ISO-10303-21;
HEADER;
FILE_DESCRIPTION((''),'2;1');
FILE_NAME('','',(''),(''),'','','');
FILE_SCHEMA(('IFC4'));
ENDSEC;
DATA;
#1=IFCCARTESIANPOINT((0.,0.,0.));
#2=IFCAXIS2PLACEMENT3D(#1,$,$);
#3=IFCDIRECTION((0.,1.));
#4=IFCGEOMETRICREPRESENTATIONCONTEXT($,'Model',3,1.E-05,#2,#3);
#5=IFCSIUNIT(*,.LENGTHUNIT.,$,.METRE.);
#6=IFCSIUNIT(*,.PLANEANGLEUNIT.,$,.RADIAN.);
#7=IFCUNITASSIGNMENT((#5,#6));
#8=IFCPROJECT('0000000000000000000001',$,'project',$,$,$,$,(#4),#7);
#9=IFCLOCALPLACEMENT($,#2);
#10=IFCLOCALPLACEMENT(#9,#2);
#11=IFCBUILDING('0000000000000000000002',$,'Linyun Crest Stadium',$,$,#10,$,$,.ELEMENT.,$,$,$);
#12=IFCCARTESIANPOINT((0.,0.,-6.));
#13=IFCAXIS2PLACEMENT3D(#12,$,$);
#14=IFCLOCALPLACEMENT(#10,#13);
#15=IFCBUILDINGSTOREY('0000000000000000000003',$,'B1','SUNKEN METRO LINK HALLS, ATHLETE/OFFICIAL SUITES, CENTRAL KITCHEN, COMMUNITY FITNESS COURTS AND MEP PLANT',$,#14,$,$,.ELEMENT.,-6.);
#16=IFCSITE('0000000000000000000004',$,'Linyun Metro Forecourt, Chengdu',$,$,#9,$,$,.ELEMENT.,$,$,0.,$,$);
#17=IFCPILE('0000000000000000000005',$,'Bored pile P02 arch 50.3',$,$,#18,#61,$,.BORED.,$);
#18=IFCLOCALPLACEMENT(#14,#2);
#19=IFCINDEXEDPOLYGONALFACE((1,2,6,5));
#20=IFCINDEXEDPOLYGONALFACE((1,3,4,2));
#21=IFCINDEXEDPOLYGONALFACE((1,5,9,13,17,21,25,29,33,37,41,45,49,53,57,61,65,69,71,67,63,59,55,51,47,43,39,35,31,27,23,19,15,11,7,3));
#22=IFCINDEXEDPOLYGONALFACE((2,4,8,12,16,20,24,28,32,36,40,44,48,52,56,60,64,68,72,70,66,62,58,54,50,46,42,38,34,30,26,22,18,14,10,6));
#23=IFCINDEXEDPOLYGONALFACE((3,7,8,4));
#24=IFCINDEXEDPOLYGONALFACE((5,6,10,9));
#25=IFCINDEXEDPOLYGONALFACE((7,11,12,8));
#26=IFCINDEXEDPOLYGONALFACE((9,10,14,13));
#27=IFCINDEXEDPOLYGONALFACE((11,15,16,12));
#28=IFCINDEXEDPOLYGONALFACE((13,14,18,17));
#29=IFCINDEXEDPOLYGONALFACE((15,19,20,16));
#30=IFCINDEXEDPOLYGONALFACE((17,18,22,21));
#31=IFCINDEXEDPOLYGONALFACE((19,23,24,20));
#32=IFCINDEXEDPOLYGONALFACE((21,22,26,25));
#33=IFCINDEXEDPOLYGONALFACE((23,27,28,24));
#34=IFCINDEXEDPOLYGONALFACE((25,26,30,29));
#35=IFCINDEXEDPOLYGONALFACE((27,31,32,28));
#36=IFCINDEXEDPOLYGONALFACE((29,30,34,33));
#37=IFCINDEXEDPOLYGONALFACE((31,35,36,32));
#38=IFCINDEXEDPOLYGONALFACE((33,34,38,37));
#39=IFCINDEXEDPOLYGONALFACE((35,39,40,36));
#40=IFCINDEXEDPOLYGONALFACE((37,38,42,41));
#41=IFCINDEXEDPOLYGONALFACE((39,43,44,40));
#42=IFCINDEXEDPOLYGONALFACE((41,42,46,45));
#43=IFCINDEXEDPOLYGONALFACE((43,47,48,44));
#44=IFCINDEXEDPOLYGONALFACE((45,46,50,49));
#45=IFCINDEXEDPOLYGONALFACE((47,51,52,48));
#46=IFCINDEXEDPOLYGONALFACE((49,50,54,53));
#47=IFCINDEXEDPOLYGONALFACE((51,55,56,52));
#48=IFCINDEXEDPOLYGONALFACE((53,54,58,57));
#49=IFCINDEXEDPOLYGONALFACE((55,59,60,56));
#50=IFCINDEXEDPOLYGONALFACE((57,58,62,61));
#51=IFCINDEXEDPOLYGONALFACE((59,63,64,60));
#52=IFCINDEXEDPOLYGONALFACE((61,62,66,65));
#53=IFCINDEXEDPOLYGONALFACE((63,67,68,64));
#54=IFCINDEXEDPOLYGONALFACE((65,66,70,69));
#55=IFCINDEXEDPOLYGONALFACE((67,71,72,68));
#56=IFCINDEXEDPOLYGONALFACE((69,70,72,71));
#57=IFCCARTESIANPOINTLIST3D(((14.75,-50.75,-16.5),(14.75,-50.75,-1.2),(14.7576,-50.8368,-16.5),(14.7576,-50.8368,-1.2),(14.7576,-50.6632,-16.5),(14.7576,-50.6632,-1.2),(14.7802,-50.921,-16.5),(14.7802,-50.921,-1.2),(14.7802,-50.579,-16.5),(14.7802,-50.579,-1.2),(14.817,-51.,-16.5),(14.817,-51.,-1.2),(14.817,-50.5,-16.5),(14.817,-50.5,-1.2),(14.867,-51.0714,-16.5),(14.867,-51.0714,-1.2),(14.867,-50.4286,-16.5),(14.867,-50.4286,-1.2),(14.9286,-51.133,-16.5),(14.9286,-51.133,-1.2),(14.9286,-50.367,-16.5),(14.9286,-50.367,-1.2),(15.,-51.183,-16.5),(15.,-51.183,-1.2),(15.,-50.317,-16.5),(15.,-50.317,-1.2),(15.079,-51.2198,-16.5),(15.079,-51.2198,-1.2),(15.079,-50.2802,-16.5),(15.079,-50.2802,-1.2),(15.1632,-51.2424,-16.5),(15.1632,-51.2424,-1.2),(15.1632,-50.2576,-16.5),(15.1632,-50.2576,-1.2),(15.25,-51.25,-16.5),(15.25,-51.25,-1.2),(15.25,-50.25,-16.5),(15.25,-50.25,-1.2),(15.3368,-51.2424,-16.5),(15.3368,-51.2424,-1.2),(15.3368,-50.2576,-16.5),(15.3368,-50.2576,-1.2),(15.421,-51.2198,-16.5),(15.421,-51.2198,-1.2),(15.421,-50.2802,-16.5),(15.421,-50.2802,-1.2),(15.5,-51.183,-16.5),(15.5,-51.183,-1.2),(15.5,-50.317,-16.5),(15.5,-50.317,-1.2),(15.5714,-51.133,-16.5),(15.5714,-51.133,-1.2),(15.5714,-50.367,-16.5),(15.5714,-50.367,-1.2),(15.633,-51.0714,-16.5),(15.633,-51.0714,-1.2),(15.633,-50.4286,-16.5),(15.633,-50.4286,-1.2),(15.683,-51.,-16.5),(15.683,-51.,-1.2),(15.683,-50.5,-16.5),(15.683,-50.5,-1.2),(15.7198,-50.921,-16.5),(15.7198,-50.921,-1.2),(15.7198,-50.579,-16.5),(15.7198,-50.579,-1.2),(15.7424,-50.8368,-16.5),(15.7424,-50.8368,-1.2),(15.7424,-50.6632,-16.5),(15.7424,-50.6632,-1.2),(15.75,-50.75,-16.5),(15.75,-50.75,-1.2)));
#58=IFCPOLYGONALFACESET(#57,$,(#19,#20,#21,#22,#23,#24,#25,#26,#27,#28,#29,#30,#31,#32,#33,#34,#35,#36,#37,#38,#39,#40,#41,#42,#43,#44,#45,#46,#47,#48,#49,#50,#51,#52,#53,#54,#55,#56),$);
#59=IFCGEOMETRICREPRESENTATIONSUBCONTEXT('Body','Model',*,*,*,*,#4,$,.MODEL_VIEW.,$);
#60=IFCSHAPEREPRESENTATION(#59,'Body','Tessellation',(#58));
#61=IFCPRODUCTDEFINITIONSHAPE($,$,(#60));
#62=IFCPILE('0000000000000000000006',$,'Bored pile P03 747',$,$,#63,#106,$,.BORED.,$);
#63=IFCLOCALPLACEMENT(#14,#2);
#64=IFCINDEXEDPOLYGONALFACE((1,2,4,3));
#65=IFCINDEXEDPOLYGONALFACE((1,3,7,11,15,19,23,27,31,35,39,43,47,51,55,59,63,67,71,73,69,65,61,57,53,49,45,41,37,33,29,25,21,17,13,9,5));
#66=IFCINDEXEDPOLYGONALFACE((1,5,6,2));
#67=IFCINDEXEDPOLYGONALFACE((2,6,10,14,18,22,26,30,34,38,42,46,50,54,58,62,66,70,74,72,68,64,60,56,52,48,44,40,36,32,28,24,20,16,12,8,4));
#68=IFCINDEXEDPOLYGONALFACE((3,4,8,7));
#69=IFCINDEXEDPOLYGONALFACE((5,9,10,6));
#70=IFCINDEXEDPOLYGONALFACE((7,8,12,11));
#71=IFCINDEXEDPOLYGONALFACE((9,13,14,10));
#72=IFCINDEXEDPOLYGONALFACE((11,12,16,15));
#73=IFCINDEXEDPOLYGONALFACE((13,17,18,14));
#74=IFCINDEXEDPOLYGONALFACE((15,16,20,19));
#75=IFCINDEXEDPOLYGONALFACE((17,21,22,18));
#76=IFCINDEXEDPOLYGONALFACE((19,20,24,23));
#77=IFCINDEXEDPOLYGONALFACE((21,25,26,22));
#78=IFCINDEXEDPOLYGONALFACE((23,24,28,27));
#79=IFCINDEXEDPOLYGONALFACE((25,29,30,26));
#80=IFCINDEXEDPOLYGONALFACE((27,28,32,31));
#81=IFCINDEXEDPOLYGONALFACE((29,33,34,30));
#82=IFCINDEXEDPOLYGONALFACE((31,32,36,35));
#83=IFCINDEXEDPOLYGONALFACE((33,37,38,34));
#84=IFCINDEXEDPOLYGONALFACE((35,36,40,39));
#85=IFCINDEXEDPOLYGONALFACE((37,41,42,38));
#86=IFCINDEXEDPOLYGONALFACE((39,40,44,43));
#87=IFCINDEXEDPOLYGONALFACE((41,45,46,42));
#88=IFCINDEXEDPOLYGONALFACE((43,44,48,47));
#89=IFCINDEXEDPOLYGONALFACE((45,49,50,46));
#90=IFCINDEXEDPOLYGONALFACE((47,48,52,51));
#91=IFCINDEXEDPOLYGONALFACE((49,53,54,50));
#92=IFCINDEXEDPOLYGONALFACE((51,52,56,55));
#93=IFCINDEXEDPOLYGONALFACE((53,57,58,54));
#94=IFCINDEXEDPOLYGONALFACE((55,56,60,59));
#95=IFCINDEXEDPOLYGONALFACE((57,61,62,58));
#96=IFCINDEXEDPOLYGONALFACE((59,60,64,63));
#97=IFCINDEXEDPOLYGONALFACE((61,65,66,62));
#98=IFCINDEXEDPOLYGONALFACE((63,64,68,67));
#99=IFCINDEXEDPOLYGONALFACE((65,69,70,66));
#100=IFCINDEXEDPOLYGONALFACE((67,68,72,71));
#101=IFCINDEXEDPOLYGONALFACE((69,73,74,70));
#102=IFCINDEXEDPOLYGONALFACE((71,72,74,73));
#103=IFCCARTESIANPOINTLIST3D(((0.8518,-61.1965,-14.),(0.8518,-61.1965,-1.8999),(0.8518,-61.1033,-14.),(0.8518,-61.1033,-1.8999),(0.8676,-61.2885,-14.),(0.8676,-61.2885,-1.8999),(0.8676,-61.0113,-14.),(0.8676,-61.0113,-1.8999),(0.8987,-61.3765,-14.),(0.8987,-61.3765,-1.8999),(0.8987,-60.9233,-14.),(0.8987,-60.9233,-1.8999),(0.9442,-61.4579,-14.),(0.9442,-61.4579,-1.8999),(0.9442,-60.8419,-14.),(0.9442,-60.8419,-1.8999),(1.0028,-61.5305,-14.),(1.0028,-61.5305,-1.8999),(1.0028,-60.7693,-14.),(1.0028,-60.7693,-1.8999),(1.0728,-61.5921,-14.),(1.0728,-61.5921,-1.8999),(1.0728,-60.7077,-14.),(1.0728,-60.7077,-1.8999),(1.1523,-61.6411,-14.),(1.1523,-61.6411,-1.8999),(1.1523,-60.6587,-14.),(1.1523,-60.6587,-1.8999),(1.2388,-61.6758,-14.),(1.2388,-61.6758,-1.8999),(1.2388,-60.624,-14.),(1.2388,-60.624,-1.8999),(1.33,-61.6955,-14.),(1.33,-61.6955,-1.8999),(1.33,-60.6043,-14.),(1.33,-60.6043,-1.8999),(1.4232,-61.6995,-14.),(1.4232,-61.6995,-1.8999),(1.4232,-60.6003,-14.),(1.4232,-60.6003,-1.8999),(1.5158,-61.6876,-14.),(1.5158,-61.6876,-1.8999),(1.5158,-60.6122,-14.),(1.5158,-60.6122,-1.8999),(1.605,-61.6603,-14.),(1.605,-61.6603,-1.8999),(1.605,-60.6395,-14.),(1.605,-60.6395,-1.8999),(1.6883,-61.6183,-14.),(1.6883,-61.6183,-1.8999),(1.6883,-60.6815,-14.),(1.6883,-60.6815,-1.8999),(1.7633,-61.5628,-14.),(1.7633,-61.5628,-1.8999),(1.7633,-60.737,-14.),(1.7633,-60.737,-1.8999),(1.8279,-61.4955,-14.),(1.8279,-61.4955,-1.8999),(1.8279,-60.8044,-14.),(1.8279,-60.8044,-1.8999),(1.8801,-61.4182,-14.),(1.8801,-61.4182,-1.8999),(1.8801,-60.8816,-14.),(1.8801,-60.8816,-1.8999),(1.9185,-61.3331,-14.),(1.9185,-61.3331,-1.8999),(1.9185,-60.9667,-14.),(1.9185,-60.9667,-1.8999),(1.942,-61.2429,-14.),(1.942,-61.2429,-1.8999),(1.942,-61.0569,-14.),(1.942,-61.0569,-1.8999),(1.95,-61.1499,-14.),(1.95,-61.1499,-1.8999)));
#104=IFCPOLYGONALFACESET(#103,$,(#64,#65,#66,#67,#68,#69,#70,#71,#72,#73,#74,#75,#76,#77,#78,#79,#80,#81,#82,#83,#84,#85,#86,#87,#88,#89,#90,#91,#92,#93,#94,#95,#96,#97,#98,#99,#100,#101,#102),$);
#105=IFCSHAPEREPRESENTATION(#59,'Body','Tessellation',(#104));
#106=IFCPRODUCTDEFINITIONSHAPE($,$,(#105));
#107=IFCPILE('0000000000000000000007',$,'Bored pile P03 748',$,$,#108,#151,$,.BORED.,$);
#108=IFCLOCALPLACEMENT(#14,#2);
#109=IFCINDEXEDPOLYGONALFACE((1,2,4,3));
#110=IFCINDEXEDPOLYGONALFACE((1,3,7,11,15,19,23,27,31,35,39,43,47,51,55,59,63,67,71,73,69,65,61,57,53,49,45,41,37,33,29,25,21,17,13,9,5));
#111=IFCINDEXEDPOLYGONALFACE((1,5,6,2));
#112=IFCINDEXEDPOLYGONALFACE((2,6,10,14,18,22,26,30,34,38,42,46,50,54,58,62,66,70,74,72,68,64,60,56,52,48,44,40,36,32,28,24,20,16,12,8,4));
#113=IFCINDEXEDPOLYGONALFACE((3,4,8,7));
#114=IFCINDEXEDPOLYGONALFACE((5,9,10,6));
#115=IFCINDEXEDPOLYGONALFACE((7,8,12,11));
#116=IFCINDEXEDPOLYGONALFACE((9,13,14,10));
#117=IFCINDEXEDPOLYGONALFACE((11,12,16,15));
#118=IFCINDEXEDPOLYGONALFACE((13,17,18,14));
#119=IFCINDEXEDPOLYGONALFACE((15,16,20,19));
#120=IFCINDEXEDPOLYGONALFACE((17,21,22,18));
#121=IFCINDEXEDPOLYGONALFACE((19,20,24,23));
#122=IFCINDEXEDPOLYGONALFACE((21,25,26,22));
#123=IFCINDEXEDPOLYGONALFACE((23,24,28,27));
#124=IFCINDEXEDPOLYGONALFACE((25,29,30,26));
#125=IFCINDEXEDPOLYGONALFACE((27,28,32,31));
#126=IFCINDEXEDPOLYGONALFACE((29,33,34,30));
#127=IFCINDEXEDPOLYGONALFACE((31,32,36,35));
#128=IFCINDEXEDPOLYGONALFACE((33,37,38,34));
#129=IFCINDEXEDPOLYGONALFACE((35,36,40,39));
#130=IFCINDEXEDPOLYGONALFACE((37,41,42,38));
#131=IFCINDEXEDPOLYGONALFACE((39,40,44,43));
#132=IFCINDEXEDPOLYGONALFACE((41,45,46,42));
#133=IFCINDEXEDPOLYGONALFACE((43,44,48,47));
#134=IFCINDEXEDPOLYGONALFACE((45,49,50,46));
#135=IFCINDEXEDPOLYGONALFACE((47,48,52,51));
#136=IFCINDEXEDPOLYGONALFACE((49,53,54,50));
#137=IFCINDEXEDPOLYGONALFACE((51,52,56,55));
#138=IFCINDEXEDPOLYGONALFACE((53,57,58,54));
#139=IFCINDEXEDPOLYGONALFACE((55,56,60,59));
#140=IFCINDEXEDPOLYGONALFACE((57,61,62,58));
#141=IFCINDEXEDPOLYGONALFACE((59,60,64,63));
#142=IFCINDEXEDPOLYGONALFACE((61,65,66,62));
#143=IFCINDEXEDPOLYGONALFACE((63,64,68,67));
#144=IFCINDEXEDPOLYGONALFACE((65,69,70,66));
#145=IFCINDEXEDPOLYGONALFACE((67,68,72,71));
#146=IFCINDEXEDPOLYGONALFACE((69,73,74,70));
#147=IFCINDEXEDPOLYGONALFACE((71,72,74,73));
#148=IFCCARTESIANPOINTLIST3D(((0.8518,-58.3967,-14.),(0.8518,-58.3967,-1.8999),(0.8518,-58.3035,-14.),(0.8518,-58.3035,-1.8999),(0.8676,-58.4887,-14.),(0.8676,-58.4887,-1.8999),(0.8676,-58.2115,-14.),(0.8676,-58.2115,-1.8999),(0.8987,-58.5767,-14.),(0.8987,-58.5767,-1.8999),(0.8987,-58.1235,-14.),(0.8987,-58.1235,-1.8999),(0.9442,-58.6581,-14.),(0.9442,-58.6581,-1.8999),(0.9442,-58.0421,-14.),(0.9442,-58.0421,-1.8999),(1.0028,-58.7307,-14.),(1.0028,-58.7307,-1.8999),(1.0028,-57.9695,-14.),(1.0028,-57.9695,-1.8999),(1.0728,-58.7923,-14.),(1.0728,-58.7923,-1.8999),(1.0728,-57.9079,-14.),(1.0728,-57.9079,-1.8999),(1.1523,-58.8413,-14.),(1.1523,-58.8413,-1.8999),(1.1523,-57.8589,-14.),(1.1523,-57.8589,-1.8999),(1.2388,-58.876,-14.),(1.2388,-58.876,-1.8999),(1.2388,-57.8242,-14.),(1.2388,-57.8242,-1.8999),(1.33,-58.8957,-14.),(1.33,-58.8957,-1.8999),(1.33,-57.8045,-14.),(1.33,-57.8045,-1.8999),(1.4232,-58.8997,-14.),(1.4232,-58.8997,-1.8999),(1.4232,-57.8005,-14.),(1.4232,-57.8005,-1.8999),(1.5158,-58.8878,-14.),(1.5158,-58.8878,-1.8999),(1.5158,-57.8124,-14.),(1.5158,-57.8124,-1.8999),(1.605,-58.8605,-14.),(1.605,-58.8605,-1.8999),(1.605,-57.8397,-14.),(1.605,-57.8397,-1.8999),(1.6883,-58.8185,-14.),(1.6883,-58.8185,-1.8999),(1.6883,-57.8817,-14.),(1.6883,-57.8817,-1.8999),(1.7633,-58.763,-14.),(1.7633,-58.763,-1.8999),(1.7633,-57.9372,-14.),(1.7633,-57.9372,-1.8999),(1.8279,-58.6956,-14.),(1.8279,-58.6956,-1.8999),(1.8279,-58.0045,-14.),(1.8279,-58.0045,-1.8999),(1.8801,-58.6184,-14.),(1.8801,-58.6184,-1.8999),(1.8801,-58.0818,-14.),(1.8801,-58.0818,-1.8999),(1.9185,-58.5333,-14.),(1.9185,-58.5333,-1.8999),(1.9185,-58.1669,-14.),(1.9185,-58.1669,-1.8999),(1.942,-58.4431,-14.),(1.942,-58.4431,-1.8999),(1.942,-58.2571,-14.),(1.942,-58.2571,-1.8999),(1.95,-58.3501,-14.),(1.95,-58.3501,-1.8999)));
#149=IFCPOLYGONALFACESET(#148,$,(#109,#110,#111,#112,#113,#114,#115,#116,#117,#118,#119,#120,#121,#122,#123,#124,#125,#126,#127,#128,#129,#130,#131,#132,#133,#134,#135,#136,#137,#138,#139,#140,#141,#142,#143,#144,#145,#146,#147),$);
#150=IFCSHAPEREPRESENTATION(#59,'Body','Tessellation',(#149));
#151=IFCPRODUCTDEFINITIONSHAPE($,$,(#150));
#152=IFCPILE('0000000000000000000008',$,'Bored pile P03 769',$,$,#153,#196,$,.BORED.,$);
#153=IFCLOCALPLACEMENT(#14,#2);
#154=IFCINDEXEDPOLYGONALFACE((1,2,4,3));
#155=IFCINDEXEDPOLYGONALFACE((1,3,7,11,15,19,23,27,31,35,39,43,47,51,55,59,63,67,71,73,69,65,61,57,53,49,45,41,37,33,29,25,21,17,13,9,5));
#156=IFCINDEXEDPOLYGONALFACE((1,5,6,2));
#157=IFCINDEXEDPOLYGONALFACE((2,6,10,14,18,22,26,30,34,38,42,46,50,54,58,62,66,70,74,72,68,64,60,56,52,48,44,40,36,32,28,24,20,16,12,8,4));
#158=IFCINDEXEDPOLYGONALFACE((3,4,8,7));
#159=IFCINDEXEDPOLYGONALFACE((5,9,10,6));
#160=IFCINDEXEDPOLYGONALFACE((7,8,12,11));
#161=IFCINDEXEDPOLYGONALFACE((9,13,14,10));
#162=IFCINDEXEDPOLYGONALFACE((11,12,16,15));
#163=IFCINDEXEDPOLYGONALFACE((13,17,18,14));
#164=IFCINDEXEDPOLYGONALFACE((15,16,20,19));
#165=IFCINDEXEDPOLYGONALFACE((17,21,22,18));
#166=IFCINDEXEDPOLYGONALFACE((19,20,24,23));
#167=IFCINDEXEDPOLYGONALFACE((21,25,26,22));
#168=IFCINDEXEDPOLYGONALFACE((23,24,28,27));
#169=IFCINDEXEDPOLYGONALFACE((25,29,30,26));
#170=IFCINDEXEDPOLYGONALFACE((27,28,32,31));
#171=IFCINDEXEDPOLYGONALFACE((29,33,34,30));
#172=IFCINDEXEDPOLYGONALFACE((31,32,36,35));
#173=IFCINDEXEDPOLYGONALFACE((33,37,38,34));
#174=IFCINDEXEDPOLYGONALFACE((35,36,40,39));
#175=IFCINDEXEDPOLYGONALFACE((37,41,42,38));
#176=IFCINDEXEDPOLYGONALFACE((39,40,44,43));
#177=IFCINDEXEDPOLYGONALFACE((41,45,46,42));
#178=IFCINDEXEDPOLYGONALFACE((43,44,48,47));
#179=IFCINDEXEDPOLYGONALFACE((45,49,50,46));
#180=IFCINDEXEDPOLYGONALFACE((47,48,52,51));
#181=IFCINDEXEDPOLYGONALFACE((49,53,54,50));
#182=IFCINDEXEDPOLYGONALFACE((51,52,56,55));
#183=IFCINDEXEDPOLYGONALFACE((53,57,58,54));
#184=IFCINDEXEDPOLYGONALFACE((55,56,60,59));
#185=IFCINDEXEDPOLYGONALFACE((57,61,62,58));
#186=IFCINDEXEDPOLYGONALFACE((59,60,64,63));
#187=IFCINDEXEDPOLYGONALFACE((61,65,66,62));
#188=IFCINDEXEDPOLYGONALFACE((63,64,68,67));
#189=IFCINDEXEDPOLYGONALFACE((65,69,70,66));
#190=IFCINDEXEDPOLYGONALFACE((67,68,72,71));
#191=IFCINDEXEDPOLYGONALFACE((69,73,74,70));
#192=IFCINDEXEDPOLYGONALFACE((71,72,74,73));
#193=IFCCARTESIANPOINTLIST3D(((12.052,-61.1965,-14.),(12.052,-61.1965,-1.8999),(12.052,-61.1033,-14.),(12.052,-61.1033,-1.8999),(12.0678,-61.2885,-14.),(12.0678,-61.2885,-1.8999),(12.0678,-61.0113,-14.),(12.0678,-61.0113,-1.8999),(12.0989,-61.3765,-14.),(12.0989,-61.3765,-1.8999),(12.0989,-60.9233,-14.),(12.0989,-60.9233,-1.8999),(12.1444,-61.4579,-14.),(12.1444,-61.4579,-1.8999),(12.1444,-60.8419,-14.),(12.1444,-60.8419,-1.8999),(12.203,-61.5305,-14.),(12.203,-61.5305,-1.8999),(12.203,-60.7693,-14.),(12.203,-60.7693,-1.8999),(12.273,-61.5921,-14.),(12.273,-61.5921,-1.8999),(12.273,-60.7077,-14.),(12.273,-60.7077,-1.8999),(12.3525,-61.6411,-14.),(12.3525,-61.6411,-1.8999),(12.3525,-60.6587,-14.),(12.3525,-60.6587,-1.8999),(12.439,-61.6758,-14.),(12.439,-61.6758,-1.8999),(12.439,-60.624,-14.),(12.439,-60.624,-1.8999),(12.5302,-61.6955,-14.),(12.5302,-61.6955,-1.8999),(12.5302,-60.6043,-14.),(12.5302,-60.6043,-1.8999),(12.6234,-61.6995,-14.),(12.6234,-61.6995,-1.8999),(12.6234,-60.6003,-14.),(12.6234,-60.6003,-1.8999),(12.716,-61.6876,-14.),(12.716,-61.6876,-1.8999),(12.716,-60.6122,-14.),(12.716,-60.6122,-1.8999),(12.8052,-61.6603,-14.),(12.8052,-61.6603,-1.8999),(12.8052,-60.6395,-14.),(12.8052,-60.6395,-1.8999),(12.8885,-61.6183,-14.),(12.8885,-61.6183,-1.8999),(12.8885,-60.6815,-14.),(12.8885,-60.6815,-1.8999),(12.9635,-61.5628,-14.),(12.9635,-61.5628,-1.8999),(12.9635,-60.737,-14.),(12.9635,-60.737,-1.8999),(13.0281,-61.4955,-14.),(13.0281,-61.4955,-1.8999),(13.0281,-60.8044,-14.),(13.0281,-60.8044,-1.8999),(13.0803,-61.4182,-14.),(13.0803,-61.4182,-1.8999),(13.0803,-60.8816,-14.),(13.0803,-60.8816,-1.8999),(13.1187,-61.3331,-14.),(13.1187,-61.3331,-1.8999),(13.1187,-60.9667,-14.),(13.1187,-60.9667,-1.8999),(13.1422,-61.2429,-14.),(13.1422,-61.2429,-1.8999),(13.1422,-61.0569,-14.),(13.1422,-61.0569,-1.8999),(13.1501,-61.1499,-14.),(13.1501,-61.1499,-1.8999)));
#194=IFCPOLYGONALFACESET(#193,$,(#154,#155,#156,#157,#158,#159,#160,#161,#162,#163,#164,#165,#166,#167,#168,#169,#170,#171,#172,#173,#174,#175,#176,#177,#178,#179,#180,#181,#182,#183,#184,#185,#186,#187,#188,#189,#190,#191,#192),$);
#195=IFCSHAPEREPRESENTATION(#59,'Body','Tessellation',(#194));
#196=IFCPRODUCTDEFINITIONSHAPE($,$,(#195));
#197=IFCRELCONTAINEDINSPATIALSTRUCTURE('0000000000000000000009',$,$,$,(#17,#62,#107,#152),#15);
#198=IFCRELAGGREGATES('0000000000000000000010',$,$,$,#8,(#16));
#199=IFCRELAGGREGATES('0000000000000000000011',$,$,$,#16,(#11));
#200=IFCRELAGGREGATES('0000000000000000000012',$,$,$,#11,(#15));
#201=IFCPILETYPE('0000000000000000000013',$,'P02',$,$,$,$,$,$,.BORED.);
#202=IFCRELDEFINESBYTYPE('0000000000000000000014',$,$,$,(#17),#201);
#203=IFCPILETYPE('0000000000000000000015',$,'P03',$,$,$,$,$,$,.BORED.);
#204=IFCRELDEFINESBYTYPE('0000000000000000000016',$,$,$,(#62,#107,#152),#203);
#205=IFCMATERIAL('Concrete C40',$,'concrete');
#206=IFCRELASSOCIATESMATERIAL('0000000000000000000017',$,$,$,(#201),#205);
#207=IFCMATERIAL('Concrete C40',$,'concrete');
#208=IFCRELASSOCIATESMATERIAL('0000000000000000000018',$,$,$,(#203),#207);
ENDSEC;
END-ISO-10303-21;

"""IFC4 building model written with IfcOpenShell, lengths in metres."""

from ifc_helpers import new_model, si_unit, direction, frame, origin, origin_2d, place, context, subcontext, project, spatial, circle, extrude, material, material_profile, profile_set, type_object, element, save


model = new_model("IFC4")

# Units and contexts
model_context = context("Model", 3, precision=1e-05, world=origin(), true_north=direction((0.0, 1.0)))
body_context = subcontext(model_context, "Body", "Model", "MODEL_VIEW")
ifc_project = project(units=[si_unit("LENGTHUNIT", "METRE"), si_unit("PLANEANGLEUNIT", "RADIAN")], contexts=[model_context])

# Site, building, storey
site_placement = place(None, origin())
site = spatial("IfcSite", under=ifc_project, at=site_placement, Name="Linyun Metro Forecourt, Chengdu", CompositionType="ELEMENT", RefElevation=0.0)
building_placement = place(site_placement, origin())
building = spatial("IfcBuilding", under=site, at=building_placement, Name="Linyun Crest Stadium", CompositionType="ELEMENT")
storey_placement = place(building_placement, frame((0.0, 0.0, -6.0)))
storey = spatial("IfcBuildingStorey", under=building, at=storey_placement, Name="B1", Description="SUNKEN METRO LINK HALLS, ATHLETE/OFFICIAL SUITES, CENTRAL KITCHEN, COMMUNITY FITNESS COURTS AND MEP PLANT", CompositionType="ELEMENT", Elevation=-6.0)

# Piles
ifc_material_1 = material(Name="Concrete C40", Category="concrete")
ifc_material_profile_1 = material_profile(ifc_material_1, circle(Radius=0.5, at=origin_2d()), Name="BORED PILE 1000")
ifc_profile_set_1 = profile_set([ifc_material_profile_1], Name="Concrete C40")
pile_type_1 = type_object("IfcPileType", Name="P02", PredefinedType="BORED", material=ifc_profile_set_1)
for number, where, z_axis, x_axis, name in (
    (1, (15.25, -50.75, -1.2), (0.0, 0.0, -1.0), (1.0, 0.0, 0.0), "Bored pile P02 arch 50.3"),
):
    element("IfcPile", number, at=place(storey_placement, frame(where, z_axis=z_axis, x_axis=x_axis)), inside=storey, type_object=pile_type_1, Name=name, PredefinedType="BORED", context=body_context, shape_type="SweptSolid", body=[
        extrude(circle(Radius=0.5, at=origin_2d()), origin(), (0.0, 0.0, 1.0), 15.3),
    ])
ifc_material_2 = material(Name="Concrete C40", Category="concrete")
ifc_material_profile_2 = material_profile(ifc_material_2, circle(Radius=0.55, at=origin_2d()), Name="BORED PILE 1100")
ifc_profile_set_2 = profile_set([ifc_material_profile_2], Name="Concrete C40")
pile_type_2 = type_object("IfcPileType", Name="P03", PredefinedType="BORED", material=ifc_profile_set_2)
for number, where, z_axis, x_axis, name in (
    (2, (1.3999, -61.1499, -1.8999), (0.0, 0.0, -1.0), (1.0, 0.0, 0.0), "Bored pile P03 747"),
    (3, (1.3999, -58.3501, -1.8999), (0.0, 0.0, -1.0), (1.0, 0.0, 0.0), "Bored pile P03 748"),
    (4, (12.6001, -61.1499, -1.8999), (0.0, 0.0, -1.0), (1.0, 0.0, 0.0), "Bored pile P03 769"),
):
    element("IfcPile", number, at=place(storey_placement, frame(where, z_axis=z_axis, x_axis=x_axis)), inside=storey, type_object=pile_type_2, Name=name, PredefinedType="BORED", context=body_context, shape_type="SweptSolid", body=[
        extrude(circle(Radius=0.55, at=origin_2d()), origin(), (0.0, 0.0, 1.0), 12.1001),
    ])

save(model, "model.ifc")
